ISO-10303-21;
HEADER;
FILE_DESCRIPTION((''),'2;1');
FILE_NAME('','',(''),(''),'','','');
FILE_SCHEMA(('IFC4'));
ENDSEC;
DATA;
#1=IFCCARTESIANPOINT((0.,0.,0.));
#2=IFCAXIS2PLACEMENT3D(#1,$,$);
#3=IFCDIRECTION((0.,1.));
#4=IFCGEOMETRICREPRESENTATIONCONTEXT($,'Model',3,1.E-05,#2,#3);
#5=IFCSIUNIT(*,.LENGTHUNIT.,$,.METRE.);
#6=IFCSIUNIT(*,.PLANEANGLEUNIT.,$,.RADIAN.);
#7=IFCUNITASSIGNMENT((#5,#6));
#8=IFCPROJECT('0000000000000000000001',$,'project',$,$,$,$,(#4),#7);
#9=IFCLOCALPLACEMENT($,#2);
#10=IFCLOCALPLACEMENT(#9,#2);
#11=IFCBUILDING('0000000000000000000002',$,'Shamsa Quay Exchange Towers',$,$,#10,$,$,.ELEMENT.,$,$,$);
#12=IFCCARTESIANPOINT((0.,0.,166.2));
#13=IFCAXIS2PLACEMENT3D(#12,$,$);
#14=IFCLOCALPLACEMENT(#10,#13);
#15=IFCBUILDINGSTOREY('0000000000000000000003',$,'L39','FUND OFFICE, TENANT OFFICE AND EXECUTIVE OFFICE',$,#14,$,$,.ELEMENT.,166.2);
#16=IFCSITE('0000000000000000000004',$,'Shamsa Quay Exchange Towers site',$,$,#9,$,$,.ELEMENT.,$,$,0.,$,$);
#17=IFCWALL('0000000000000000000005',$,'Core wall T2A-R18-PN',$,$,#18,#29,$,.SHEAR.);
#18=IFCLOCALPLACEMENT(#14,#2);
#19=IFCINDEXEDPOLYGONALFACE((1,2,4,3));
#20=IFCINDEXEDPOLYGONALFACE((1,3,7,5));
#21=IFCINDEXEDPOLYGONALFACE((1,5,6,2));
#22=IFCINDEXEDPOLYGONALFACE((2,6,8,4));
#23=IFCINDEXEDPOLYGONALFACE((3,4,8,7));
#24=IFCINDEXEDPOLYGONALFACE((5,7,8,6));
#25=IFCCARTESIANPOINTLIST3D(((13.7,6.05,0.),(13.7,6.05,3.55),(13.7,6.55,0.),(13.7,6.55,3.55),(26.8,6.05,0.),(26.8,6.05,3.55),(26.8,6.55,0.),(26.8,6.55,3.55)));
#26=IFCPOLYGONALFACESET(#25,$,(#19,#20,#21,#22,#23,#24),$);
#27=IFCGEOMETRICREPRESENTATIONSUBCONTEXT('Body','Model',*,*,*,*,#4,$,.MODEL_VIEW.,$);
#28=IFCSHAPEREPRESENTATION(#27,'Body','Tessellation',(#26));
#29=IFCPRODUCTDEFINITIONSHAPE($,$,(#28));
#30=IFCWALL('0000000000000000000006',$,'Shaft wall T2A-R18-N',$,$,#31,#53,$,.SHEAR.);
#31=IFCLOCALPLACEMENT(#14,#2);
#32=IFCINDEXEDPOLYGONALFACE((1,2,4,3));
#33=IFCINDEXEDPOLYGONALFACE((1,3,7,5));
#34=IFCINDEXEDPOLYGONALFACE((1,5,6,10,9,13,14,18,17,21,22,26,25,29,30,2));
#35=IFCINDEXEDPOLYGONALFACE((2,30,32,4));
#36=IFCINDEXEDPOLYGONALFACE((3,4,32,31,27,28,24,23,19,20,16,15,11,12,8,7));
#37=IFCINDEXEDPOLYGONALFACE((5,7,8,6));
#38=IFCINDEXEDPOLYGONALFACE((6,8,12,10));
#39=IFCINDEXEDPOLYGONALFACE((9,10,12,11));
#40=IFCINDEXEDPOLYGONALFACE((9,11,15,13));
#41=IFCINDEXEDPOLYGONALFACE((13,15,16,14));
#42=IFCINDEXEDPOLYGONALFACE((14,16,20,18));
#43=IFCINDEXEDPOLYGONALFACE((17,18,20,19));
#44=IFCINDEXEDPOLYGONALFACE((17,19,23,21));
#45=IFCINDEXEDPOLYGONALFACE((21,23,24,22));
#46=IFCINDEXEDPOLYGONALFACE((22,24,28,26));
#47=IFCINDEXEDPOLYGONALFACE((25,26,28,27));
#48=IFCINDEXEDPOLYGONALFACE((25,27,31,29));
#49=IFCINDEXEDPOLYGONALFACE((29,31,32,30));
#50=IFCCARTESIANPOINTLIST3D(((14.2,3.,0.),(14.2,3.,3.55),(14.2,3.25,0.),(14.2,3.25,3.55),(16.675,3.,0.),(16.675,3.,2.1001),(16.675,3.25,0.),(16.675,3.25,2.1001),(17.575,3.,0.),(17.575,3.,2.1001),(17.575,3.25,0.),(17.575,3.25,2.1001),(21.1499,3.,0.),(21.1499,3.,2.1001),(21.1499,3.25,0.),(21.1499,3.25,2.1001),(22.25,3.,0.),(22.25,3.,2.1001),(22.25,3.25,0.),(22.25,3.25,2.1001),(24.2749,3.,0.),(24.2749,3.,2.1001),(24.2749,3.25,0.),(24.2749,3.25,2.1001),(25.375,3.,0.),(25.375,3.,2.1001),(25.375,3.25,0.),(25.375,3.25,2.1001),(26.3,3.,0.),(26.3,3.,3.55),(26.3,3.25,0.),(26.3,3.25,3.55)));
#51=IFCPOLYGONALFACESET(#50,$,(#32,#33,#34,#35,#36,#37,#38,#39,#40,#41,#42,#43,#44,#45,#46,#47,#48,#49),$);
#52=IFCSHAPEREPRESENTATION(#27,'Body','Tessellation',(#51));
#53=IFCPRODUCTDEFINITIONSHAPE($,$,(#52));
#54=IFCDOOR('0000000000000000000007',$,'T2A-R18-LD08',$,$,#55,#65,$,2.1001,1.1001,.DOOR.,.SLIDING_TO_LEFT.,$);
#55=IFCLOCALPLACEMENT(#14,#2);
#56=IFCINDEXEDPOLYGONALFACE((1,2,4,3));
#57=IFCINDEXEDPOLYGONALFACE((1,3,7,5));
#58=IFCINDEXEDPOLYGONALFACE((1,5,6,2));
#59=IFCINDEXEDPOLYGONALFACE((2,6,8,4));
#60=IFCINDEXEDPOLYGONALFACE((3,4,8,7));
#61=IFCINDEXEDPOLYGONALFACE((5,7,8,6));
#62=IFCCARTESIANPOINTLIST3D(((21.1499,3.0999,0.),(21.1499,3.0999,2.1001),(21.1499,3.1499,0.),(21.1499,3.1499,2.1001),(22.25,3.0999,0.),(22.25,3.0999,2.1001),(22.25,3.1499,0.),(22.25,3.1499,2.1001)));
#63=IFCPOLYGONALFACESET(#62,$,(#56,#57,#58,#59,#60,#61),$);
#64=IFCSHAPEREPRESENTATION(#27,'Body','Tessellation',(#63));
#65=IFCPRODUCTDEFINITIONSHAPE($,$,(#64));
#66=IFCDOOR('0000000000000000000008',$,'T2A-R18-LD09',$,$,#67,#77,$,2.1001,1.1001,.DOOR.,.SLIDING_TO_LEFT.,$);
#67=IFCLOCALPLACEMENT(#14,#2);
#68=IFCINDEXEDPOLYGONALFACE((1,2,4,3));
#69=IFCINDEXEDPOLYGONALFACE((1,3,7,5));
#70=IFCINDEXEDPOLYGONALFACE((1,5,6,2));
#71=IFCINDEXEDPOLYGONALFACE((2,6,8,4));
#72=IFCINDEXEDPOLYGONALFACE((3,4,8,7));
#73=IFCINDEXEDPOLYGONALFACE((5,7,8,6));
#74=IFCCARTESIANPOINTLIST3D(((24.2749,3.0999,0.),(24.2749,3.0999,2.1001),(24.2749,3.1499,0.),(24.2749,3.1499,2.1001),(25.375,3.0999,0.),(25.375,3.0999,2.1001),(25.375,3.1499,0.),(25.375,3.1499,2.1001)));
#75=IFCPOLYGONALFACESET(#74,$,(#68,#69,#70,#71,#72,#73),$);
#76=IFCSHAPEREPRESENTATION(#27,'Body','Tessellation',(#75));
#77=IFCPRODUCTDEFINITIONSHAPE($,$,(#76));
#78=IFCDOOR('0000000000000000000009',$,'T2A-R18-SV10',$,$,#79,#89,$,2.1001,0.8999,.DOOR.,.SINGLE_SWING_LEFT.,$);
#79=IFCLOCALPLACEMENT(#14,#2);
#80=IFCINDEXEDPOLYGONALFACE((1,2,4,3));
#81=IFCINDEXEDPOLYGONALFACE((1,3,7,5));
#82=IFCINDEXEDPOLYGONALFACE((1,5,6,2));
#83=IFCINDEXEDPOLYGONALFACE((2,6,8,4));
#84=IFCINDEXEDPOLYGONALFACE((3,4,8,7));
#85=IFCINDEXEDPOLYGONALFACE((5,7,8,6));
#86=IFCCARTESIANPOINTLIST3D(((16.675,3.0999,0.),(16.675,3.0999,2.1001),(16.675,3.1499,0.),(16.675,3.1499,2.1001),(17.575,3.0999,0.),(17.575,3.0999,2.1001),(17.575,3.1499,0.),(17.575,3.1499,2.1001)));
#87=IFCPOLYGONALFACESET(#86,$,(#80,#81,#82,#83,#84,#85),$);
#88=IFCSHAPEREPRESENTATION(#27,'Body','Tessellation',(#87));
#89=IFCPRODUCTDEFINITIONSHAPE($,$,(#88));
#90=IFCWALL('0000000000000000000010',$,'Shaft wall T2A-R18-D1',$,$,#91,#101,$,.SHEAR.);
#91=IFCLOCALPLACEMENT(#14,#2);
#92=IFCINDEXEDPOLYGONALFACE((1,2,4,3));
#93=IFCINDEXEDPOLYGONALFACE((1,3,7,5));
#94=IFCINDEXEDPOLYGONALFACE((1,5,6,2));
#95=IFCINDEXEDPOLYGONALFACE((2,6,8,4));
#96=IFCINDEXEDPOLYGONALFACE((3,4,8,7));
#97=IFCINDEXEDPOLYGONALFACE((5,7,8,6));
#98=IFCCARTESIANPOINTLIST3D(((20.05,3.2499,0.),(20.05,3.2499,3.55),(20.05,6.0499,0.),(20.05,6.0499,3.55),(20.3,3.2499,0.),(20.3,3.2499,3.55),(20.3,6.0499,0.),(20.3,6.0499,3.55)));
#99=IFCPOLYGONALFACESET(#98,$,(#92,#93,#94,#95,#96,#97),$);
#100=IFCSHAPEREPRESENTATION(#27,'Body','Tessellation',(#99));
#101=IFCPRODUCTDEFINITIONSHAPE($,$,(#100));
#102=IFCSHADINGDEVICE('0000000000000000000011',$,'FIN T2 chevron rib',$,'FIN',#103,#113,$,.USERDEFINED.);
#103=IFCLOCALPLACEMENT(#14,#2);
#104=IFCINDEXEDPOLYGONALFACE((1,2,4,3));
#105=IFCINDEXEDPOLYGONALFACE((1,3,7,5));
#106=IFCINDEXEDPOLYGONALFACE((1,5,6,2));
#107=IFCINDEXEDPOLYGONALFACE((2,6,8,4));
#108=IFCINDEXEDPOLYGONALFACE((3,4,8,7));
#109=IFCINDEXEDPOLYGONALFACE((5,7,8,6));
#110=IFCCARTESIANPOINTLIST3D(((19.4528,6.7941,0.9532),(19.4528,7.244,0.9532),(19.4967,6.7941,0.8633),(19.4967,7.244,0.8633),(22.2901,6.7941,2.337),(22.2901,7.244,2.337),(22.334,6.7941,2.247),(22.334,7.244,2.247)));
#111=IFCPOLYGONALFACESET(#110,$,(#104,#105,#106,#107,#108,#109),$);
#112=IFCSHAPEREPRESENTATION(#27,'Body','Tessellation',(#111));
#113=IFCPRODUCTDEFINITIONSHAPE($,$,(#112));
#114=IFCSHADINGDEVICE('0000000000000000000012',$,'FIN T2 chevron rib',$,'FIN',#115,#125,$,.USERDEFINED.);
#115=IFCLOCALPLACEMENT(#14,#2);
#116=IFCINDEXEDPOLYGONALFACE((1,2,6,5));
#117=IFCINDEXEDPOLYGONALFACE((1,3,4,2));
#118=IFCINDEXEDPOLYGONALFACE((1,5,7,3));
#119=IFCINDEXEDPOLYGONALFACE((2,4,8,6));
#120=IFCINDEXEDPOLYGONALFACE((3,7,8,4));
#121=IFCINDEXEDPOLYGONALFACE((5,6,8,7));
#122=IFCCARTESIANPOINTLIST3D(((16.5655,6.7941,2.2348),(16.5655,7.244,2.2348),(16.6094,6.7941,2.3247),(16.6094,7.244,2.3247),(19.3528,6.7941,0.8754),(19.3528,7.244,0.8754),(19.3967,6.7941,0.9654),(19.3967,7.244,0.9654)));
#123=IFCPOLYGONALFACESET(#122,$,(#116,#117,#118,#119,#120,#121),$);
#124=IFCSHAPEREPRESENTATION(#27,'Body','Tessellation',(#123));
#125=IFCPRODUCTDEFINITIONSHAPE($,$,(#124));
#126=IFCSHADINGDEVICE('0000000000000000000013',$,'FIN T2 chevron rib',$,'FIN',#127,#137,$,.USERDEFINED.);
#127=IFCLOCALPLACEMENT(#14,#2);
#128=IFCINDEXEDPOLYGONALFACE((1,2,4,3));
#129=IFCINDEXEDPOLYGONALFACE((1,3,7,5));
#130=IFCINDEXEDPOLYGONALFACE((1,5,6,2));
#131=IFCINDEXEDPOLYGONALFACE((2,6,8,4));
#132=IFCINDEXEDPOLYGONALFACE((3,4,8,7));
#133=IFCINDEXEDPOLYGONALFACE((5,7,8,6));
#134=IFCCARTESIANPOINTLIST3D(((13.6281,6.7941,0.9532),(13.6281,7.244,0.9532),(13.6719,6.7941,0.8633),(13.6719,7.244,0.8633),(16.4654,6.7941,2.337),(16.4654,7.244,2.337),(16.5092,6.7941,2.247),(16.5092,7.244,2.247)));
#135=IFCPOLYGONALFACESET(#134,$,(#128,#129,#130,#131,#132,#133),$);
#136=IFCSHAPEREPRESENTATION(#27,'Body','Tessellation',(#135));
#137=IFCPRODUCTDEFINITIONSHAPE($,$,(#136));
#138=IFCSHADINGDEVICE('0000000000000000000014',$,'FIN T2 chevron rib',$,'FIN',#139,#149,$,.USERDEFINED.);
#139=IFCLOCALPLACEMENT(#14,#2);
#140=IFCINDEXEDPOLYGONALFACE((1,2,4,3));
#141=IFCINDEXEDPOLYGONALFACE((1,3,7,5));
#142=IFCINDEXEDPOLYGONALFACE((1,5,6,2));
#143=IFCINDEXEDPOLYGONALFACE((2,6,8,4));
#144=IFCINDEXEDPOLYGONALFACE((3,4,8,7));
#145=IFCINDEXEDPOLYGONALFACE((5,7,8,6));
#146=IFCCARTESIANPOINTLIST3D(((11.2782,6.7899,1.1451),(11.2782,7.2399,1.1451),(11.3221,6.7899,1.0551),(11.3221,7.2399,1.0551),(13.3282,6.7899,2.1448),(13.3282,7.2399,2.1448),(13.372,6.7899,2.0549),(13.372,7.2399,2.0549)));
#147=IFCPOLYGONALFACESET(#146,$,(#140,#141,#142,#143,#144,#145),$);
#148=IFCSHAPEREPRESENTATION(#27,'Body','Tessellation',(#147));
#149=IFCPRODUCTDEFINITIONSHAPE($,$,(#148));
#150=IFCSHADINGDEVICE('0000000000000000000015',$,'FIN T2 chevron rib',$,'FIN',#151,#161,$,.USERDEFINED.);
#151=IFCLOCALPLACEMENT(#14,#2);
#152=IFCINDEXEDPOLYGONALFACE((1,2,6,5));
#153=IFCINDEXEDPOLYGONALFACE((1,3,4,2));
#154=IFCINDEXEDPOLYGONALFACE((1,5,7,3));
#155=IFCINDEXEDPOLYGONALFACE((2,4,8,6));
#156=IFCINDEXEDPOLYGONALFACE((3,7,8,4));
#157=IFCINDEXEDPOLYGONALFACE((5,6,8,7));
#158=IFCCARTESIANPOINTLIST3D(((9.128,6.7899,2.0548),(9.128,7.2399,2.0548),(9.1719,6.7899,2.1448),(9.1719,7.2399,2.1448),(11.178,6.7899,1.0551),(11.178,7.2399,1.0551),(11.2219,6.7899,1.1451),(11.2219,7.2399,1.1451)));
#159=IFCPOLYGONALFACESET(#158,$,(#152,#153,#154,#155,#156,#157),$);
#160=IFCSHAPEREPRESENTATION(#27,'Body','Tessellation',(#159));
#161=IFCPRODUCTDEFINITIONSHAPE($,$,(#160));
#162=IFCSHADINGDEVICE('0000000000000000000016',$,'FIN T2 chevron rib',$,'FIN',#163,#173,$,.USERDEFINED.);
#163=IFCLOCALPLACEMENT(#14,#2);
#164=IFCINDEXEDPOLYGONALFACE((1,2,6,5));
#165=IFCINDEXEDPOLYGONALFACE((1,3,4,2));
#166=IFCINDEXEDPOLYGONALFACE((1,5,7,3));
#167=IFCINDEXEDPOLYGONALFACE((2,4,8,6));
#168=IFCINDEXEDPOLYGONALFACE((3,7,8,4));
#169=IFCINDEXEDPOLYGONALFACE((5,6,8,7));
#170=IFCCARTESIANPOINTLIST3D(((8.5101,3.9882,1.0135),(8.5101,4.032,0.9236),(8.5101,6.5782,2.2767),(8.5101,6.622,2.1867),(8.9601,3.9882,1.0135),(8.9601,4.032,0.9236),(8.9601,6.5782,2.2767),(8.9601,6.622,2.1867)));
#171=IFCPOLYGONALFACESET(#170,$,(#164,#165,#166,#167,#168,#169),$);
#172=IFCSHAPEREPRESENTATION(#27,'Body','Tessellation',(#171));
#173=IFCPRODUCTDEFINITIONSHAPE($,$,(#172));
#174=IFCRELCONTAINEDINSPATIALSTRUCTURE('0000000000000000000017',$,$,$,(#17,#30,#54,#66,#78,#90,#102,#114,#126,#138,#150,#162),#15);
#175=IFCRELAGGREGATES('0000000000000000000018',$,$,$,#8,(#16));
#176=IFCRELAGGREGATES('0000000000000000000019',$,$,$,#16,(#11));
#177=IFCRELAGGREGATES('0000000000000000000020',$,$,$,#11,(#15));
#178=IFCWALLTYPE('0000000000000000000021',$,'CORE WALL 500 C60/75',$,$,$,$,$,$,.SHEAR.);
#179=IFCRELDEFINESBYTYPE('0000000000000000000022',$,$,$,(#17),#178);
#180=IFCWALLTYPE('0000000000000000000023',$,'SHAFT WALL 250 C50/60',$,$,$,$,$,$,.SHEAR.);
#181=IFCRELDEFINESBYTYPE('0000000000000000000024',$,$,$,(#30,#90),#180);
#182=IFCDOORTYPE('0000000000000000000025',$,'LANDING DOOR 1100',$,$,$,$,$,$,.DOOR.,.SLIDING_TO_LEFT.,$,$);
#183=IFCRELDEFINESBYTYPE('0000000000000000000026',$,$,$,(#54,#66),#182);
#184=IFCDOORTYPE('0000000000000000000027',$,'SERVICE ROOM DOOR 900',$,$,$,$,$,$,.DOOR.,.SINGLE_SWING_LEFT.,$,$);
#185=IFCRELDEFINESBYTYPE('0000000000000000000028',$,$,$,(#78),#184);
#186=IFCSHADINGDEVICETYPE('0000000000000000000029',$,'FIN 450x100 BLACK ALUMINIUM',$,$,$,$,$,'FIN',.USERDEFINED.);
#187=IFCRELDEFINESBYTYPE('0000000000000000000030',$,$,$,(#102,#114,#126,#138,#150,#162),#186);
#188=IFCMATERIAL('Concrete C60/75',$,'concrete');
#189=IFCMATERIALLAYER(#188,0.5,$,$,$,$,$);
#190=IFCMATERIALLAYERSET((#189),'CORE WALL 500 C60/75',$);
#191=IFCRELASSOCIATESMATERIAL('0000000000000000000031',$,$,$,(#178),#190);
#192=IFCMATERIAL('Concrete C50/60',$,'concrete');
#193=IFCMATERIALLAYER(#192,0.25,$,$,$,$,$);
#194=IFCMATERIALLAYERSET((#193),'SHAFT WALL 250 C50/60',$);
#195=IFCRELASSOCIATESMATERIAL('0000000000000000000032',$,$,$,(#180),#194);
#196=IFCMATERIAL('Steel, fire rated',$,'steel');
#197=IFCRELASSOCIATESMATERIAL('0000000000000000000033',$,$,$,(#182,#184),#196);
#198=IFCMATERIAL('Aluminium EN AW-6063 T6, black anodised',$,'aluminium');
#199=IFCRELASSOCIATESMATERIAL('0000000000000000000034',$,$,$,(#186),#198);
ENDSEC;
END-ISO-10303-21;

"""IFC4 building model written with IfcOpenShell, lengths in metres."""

from ifc_helpers import new_model, si_unit, direction, frame, frame_2d, origin, origin_2d, place, context, subcontext, project, spatial, rectangle, extrude, material, layer, layer_set, material_profile, profile_set, type_object, element, fill, save


model = new_model("IFC4")

# Units and contexts
model_context = context("Model", 3, precision=1e-05, world=origin(), true_north=direction((0.0, 1.0)))
body_context = subcontext(model_context, "Body", "Model", "MODEL_VIEW")
ifc_project = project(units=[si_unit("LENGTHUNIT", "METRE"), si_unit("PLANEANGLEUNIT", "RADIAN")], contexts=[model_context])

# Site, building, storey
site_placement = place(None, origin())
site = spatial("IfcSite", under=ifc_project, at=site_placement, Name="Shamsa Quay Exchange Towers site", CompositionType="ELEMENT", RefElevation=0.0)
building_placement = place(site_placement, origin())
building = spatial("IfcBuilding", under=site, at=building_placement, Name="Shamsa Quay Exchange Towers", CompositionType="ELEMENT")
storey_placement = place(building_placement, frame((0.0, 0.0, 166.2)))
storey = spatial("IfcBuildingStorey", under=building, at=storey_placement, Name="L39", Description="FUND OFFICE, TENANT OFFICE AND EXECUTIVE OFFICE", CompositionType="ELEMENT", Elevation=166.2)

# Shared definitions
ifc_material_1 = material(Name="Aluminium EN AW-6063 T6, black anodised", Category="aluminium")

# Shared definitions
ifc_material_2 = material(Name="Concrete C50/60", Category="concrete")

# Wall
ifc_material_3 = material(Name="Concrete C60/75", Category="concrete")
ifc_layer_1 = layer(ifc_material_3, 0.5)
ifc_layer_set_1 = layer_set([ifc_layer_1], Name="CORE WALL 500 C60/75")
wall_type_1 = type_object("IfcWallType", Name="CORE WALL 500 C60/75", PredefinedType="SHEAR", material=ifc_layer_set_1)
wall_1_placement = place(storey_placement, frame((13.7, 6.3, 0.0)))
element("IfcWall", 1, at=wall_1_placement, inside=storey, type_object=wall_type_1, Name="Core wall T2A-R18-PN", PredefinedType="SHEAR", context=body_context, shape_type="SweptSolid", body=[
    extrude(rectangle(XDim=13.1001, YDim=0.5, at=frame_2d((6.55, 0.0))), origin(), (0.0, 0.0, 1.0), 3.55),
])

# Shared definitions
ifc_material_4 = material(Name="Steel, fire rated", Category="steel")

# Wall, openings, doors
ifc_layer_2 = layer(ifc_material_2, 0.25)
ifc_layer_set_2 = layer_set([ifc_layer_2], Name="SHAFT WALL 250 C50/60")
wall_type_2 = type_object("IfcWallType", Name="SHAFT WALL 250 C50/60", PredefinedType="SHEAR", material=ifc_layer_set_2)
wall_2_placement = place(storey_placement, frame((14.2, 3.125, 0.0)))
wall_2 = element("IfcWall", 2, at=wall_2_placement, inside=storey, type_object=wall_type_2, Name="Shaft wall T2A-R18-N", PredefinedType="SHEAR", context=body_context, shape_type="SweptSolid", body=[
    extrude(rectangle(XDim=12.1001, YDim=0.25, at=frame_2d((6.05, 0.0))), origin(), (0.0, 0.0, 1.0), 3.55),
])
opening_1_placement = place(wall_2_placement, frame((6.95, 0.0, 0.0)))
opening_1 = element("IfcOpeningElement", 3, at=opening_1_placement, cuts=wall_2, PredefinedType="OPENING", context=body_context, shape_type="SweptSolid", body=[
    extrude(rectangle(XDim=1.1001, YDim=2.1001, at=frame_2d((0.55, 1.05))), frame((0.0, 0.135, 0.0), z_axis=(0.0, -1.0, 0.0), x_axis=(1.0, 0.0, 0.0)), (0.0, 0.0, 1.0), 0.27),
])
opening_2_placement = place(wall_2_placement, frame((10.075, 0.0, 0.0)))
opening_2 = element("IfcOpeningElement", 4, at=opening_2_placement, cuts=wall_2, PredefinedType="OPENING", context=body_context, shape_type="SweptSolid", body=[
    extrude(rectangle(XDim=1.1001, YDim=2.1001, at=frame_2d((0.55, 1.05))), frame((0.0, 0.135, 0.0), z_axis=(0.0, -1.0, 0.0), x_axis=(1.0, 0.0, 0.0)), (0.0, 0.0, 1.0), 0.27),
])
opening_3_placement = place(wall_2_placement, frame((2.4751, 0.0, 0.0)))
opening_3 = element("IfcOpeningElement", 5, at=opening_3_placement, cuts=wall_2, PredefinedType="OPENING", context=body_context, shape_type="SweptSolid", body=[
    extrude(rectangle(XDim=0.8999, YDim=2.1001, at=frame_2d((0.45, 1.05))), frame((0.0, 0.135, 0.0), z_axis=(0.0, -1.0, 0.0), x_axis=(1.0, 0.0, 0.0)), (0.0, 0.0, 1.0), 0.27),
])
door_type_1 = type_object("IfcDoorType", Name="LANDING DOOR 1100", OperationType="SLIDING_TO_LEFT", PredefinedType="DOOR", material=ifc_material_4)
door_1_placement = place(opening_1_placement, origin())
door_1 = element("IfcDoor", 6, at=door_1_placement, inside=storey, type_object=door_type_1, Name="T2A-R18-LD08", OperationType="SLIDING_TO_LEFT", OverallHeight=2.1001, OverallWidth=1.1001, PredefinedType="DOOR", context=body_context, shape_type="SweptSolid", body=[
    extrude(rectangle(XDim=1.1001, YDim=2.1001, at=frame_2d((0.55, 1.05))), frame((0.0, 0.0249, 0.0), z_axis=(0.0, -1.0, 0.0), x_axis=(1.0, 0.0, 0.0)), (0.0, 0.0, 1.0), 0.05),
])
fill(opening_1, door_1)
door_2_placement = place(opening_2_placement, origin())
door_2 = element("IfcDoor", 7, at=door_2_placement, inside=storey, type_object=door_type_1, Name="T2A-R18-LD09", OperationType="SLIDING_TO_LEFT", OverallHeight=2.1001, OverallWidth=1.1001, PredefinedType="DOOR", context=body_context, shape_type="SweptSolid", body=[
    extrude(rectangle(XDim=1.1001, YDim=2.1001, at=frame_2d((0.55, 1.05))), frame((0.0, 0.0249, 0.0), z_axis=(0.0, -1.0, 0.0), x_axis=(1.0, 0.0, 0.0)), (0.0, 0.0, 1.0), 0.05),
])
fill(opening_2, door_2)
door_type_2 = type_object("IfcDoorType", Name="SERVICE ROOM DOOR 900", OperationType="SINGLE_SWING_LEFT", PredefinedType="DOOR", material=ifc_material_4)
door_3_placement = place(opening_3_placement, origin())
door_3 = element("IfcDoor", 8, at=door_3_placement, inside=storey, type_object=door_type_2, Name="T2A-R18-SV10", OperationType="SINGLE_SWING_LEFT", OverallHeight=2.1001, OverallWidth=0.8999, PredefinedType="DOOR", context=body_context, shape_type="SweptSolid", body=[
    extrude(rectangle(XDim=0.8999, YDim=2.1001, at=frame_2d((0.45, 1.05))), frame((0.0, 0.0249, 0.0), z_axis=(0.0, -1.0, 0.0), x_axis=(1.0, 0.0, 0.0)), (0.0, 0.0, 1.0), 0.05),
])
fill(opening_3, door_3)

# Wall
wall_3_placement = place(storey_placement, frame((20.175, 3.25, 0.0), z_axis=(0.0, 0.0, 1.0), x_axis=(0.0, 1.0, 0.0)))
element("IfcWall", 9, at=wall_3_placement, inside=storey, type_object=wall_type_2, Name="Shaft wall T2A-R18-D1", PredefinedType="SHEAR", context=body_context, shape_type="SweptSolid", body=[
    extrude(rectangle(XDim=2.8, YDim=0.25, at=frame_2d((1.3999, 0.0))), origin(), (0.0, 0.0, 1.0), 3.55),
])

# Shading devices
ifc_material_profile_1 = material_profile(ifc_material_1, rectangle(XDim=0.45, YDim=0.1001, at=origin_2d()), Name="FIN450x100")
ifc_profile_set_1 = profile_set([ifc_material_profile_1], Name="Aluminium EN AW-6063 T6, black anodised")
shading_device_type = type_object("IfcShadingDeviceType", Name="FIN 450x100 BLACK ALUMINIUM", ElementType="FIN", PredefinedType="USERDEFINED", material=ifc_profile_set_1)
shading_device_1_placement = place(storey_placement, frame((22.312, 7.019, 2.292), z_axis=(-0.898807, 0.0, -0.438344), x_axis=(0.0, -1.0, 0.0)))
element("IfcShadingDevice", 10, at=shading_device_1_placement, inside=storey, type_object=shading_device_type, Name="FIN T2 chevron rib", ObjectType="FIN", PredefinedType="USERDEFINED", context=body_context, shape_type="SweptSolid", body=[
    extrude(rectangle(XDim=0.45, YDim=0.1001, at=origin_2d()), origin(), (0.0, 0.0, 1.0), 3.1567),
])
shading_device_2_placement = place(storey_placement, frame((19.3748, 7.019, 0.9204), z_axis=(-0.898808, 0.0, 0.438343), x_axis=(0.0, -1.0, 0.0)))
element("IfcShadingDevice", 11, at=shading_device_2_placement, inside=storey, type_object=shading_device_type, Name="FIN T2 chevron rib", ObjectType="FIN", PredefinedType="USERDEFINED", context=body_context, shape_type="SweptSolid", body=[
    extrude(rectangle(XDim=0.45, YDim=0.1001, at=origin_2d()), origin(), (0.0, 0.0, 1.0), 3.1011),
])
shading_device_3_placement = place(storey_placement, frame((16.4873, 7.019, 2.292), z_axis=(-0.898807, 0.0, -0.438344), x_axis=(0.0, -1.0, 0.0)))
element("IfcShadingDevice", 12, at=shading_device_3_placement, inside=storey, type_object=shading_device_type, Name="FIN T2 chevron rib", ObjectType="FIN", PredefinedType="USERDEFINED", context=body_context, shape_type="SweptSolid", body=[
    extrude(rectangle(XDim=0.45, YDim=0.1001, at=origin_2d()), origin(), (0.0, 0.0, 1.0), 3.1567),
])
for number, where, z_axis, x_axis, name in (
    (13, (13.3501, 7.0149, 2.0999), (-0.898815, 0.0, -0.438329), (0.0, -1.0, 0.0), "FIN T2 chevron rib"),
    (14, (11.2, 7.0149, 1.1001), (-0.898815, 0.0, 0.438329), (0.0, -1.0, 0.0), "FIN T2 chevron rib"),
):
    element("IfcShadingDevice", number, at=place(storey_placement, frame(where, z_axis=z_axis, x_axis=x_axis)), inside=storey, type_object=shading_device_type, Name=name, ObjectType="FIN", PredefinedType="USERDEFINED", context=body_context, shape_type="SweptSolid", body=[
        extrude(rectangle(XDim=0.45, YDim=0.1001, at=origin_2d()), origin(), (0.0, 0.0, 1.0), 2.2808),
    ])
shading_device_4_placement = place(storey_placement, frame((8.7351, 6.6001, 2.2317), z_axis=(0.0, -0.898806, -0.438347), x_axis=(1.0, 0.0, 0.0)))
element("IfcShadingDevice", 15, at=shading_device_4_placement, inside=storey, type_object=shading_device_type, Name="FIN T2 chevron rib", ObjectType="FIN", PredefinedType="USERDEFINED", context=body_context, shape_type="SweptSolid", body=[
    extrude(rectangle(XDim=0.45, YDim=0.1001, at=origin_2d()), origin(), (0.0, 0.0, 1.0), 2.8816),
])

save(model, "model.ifc")
